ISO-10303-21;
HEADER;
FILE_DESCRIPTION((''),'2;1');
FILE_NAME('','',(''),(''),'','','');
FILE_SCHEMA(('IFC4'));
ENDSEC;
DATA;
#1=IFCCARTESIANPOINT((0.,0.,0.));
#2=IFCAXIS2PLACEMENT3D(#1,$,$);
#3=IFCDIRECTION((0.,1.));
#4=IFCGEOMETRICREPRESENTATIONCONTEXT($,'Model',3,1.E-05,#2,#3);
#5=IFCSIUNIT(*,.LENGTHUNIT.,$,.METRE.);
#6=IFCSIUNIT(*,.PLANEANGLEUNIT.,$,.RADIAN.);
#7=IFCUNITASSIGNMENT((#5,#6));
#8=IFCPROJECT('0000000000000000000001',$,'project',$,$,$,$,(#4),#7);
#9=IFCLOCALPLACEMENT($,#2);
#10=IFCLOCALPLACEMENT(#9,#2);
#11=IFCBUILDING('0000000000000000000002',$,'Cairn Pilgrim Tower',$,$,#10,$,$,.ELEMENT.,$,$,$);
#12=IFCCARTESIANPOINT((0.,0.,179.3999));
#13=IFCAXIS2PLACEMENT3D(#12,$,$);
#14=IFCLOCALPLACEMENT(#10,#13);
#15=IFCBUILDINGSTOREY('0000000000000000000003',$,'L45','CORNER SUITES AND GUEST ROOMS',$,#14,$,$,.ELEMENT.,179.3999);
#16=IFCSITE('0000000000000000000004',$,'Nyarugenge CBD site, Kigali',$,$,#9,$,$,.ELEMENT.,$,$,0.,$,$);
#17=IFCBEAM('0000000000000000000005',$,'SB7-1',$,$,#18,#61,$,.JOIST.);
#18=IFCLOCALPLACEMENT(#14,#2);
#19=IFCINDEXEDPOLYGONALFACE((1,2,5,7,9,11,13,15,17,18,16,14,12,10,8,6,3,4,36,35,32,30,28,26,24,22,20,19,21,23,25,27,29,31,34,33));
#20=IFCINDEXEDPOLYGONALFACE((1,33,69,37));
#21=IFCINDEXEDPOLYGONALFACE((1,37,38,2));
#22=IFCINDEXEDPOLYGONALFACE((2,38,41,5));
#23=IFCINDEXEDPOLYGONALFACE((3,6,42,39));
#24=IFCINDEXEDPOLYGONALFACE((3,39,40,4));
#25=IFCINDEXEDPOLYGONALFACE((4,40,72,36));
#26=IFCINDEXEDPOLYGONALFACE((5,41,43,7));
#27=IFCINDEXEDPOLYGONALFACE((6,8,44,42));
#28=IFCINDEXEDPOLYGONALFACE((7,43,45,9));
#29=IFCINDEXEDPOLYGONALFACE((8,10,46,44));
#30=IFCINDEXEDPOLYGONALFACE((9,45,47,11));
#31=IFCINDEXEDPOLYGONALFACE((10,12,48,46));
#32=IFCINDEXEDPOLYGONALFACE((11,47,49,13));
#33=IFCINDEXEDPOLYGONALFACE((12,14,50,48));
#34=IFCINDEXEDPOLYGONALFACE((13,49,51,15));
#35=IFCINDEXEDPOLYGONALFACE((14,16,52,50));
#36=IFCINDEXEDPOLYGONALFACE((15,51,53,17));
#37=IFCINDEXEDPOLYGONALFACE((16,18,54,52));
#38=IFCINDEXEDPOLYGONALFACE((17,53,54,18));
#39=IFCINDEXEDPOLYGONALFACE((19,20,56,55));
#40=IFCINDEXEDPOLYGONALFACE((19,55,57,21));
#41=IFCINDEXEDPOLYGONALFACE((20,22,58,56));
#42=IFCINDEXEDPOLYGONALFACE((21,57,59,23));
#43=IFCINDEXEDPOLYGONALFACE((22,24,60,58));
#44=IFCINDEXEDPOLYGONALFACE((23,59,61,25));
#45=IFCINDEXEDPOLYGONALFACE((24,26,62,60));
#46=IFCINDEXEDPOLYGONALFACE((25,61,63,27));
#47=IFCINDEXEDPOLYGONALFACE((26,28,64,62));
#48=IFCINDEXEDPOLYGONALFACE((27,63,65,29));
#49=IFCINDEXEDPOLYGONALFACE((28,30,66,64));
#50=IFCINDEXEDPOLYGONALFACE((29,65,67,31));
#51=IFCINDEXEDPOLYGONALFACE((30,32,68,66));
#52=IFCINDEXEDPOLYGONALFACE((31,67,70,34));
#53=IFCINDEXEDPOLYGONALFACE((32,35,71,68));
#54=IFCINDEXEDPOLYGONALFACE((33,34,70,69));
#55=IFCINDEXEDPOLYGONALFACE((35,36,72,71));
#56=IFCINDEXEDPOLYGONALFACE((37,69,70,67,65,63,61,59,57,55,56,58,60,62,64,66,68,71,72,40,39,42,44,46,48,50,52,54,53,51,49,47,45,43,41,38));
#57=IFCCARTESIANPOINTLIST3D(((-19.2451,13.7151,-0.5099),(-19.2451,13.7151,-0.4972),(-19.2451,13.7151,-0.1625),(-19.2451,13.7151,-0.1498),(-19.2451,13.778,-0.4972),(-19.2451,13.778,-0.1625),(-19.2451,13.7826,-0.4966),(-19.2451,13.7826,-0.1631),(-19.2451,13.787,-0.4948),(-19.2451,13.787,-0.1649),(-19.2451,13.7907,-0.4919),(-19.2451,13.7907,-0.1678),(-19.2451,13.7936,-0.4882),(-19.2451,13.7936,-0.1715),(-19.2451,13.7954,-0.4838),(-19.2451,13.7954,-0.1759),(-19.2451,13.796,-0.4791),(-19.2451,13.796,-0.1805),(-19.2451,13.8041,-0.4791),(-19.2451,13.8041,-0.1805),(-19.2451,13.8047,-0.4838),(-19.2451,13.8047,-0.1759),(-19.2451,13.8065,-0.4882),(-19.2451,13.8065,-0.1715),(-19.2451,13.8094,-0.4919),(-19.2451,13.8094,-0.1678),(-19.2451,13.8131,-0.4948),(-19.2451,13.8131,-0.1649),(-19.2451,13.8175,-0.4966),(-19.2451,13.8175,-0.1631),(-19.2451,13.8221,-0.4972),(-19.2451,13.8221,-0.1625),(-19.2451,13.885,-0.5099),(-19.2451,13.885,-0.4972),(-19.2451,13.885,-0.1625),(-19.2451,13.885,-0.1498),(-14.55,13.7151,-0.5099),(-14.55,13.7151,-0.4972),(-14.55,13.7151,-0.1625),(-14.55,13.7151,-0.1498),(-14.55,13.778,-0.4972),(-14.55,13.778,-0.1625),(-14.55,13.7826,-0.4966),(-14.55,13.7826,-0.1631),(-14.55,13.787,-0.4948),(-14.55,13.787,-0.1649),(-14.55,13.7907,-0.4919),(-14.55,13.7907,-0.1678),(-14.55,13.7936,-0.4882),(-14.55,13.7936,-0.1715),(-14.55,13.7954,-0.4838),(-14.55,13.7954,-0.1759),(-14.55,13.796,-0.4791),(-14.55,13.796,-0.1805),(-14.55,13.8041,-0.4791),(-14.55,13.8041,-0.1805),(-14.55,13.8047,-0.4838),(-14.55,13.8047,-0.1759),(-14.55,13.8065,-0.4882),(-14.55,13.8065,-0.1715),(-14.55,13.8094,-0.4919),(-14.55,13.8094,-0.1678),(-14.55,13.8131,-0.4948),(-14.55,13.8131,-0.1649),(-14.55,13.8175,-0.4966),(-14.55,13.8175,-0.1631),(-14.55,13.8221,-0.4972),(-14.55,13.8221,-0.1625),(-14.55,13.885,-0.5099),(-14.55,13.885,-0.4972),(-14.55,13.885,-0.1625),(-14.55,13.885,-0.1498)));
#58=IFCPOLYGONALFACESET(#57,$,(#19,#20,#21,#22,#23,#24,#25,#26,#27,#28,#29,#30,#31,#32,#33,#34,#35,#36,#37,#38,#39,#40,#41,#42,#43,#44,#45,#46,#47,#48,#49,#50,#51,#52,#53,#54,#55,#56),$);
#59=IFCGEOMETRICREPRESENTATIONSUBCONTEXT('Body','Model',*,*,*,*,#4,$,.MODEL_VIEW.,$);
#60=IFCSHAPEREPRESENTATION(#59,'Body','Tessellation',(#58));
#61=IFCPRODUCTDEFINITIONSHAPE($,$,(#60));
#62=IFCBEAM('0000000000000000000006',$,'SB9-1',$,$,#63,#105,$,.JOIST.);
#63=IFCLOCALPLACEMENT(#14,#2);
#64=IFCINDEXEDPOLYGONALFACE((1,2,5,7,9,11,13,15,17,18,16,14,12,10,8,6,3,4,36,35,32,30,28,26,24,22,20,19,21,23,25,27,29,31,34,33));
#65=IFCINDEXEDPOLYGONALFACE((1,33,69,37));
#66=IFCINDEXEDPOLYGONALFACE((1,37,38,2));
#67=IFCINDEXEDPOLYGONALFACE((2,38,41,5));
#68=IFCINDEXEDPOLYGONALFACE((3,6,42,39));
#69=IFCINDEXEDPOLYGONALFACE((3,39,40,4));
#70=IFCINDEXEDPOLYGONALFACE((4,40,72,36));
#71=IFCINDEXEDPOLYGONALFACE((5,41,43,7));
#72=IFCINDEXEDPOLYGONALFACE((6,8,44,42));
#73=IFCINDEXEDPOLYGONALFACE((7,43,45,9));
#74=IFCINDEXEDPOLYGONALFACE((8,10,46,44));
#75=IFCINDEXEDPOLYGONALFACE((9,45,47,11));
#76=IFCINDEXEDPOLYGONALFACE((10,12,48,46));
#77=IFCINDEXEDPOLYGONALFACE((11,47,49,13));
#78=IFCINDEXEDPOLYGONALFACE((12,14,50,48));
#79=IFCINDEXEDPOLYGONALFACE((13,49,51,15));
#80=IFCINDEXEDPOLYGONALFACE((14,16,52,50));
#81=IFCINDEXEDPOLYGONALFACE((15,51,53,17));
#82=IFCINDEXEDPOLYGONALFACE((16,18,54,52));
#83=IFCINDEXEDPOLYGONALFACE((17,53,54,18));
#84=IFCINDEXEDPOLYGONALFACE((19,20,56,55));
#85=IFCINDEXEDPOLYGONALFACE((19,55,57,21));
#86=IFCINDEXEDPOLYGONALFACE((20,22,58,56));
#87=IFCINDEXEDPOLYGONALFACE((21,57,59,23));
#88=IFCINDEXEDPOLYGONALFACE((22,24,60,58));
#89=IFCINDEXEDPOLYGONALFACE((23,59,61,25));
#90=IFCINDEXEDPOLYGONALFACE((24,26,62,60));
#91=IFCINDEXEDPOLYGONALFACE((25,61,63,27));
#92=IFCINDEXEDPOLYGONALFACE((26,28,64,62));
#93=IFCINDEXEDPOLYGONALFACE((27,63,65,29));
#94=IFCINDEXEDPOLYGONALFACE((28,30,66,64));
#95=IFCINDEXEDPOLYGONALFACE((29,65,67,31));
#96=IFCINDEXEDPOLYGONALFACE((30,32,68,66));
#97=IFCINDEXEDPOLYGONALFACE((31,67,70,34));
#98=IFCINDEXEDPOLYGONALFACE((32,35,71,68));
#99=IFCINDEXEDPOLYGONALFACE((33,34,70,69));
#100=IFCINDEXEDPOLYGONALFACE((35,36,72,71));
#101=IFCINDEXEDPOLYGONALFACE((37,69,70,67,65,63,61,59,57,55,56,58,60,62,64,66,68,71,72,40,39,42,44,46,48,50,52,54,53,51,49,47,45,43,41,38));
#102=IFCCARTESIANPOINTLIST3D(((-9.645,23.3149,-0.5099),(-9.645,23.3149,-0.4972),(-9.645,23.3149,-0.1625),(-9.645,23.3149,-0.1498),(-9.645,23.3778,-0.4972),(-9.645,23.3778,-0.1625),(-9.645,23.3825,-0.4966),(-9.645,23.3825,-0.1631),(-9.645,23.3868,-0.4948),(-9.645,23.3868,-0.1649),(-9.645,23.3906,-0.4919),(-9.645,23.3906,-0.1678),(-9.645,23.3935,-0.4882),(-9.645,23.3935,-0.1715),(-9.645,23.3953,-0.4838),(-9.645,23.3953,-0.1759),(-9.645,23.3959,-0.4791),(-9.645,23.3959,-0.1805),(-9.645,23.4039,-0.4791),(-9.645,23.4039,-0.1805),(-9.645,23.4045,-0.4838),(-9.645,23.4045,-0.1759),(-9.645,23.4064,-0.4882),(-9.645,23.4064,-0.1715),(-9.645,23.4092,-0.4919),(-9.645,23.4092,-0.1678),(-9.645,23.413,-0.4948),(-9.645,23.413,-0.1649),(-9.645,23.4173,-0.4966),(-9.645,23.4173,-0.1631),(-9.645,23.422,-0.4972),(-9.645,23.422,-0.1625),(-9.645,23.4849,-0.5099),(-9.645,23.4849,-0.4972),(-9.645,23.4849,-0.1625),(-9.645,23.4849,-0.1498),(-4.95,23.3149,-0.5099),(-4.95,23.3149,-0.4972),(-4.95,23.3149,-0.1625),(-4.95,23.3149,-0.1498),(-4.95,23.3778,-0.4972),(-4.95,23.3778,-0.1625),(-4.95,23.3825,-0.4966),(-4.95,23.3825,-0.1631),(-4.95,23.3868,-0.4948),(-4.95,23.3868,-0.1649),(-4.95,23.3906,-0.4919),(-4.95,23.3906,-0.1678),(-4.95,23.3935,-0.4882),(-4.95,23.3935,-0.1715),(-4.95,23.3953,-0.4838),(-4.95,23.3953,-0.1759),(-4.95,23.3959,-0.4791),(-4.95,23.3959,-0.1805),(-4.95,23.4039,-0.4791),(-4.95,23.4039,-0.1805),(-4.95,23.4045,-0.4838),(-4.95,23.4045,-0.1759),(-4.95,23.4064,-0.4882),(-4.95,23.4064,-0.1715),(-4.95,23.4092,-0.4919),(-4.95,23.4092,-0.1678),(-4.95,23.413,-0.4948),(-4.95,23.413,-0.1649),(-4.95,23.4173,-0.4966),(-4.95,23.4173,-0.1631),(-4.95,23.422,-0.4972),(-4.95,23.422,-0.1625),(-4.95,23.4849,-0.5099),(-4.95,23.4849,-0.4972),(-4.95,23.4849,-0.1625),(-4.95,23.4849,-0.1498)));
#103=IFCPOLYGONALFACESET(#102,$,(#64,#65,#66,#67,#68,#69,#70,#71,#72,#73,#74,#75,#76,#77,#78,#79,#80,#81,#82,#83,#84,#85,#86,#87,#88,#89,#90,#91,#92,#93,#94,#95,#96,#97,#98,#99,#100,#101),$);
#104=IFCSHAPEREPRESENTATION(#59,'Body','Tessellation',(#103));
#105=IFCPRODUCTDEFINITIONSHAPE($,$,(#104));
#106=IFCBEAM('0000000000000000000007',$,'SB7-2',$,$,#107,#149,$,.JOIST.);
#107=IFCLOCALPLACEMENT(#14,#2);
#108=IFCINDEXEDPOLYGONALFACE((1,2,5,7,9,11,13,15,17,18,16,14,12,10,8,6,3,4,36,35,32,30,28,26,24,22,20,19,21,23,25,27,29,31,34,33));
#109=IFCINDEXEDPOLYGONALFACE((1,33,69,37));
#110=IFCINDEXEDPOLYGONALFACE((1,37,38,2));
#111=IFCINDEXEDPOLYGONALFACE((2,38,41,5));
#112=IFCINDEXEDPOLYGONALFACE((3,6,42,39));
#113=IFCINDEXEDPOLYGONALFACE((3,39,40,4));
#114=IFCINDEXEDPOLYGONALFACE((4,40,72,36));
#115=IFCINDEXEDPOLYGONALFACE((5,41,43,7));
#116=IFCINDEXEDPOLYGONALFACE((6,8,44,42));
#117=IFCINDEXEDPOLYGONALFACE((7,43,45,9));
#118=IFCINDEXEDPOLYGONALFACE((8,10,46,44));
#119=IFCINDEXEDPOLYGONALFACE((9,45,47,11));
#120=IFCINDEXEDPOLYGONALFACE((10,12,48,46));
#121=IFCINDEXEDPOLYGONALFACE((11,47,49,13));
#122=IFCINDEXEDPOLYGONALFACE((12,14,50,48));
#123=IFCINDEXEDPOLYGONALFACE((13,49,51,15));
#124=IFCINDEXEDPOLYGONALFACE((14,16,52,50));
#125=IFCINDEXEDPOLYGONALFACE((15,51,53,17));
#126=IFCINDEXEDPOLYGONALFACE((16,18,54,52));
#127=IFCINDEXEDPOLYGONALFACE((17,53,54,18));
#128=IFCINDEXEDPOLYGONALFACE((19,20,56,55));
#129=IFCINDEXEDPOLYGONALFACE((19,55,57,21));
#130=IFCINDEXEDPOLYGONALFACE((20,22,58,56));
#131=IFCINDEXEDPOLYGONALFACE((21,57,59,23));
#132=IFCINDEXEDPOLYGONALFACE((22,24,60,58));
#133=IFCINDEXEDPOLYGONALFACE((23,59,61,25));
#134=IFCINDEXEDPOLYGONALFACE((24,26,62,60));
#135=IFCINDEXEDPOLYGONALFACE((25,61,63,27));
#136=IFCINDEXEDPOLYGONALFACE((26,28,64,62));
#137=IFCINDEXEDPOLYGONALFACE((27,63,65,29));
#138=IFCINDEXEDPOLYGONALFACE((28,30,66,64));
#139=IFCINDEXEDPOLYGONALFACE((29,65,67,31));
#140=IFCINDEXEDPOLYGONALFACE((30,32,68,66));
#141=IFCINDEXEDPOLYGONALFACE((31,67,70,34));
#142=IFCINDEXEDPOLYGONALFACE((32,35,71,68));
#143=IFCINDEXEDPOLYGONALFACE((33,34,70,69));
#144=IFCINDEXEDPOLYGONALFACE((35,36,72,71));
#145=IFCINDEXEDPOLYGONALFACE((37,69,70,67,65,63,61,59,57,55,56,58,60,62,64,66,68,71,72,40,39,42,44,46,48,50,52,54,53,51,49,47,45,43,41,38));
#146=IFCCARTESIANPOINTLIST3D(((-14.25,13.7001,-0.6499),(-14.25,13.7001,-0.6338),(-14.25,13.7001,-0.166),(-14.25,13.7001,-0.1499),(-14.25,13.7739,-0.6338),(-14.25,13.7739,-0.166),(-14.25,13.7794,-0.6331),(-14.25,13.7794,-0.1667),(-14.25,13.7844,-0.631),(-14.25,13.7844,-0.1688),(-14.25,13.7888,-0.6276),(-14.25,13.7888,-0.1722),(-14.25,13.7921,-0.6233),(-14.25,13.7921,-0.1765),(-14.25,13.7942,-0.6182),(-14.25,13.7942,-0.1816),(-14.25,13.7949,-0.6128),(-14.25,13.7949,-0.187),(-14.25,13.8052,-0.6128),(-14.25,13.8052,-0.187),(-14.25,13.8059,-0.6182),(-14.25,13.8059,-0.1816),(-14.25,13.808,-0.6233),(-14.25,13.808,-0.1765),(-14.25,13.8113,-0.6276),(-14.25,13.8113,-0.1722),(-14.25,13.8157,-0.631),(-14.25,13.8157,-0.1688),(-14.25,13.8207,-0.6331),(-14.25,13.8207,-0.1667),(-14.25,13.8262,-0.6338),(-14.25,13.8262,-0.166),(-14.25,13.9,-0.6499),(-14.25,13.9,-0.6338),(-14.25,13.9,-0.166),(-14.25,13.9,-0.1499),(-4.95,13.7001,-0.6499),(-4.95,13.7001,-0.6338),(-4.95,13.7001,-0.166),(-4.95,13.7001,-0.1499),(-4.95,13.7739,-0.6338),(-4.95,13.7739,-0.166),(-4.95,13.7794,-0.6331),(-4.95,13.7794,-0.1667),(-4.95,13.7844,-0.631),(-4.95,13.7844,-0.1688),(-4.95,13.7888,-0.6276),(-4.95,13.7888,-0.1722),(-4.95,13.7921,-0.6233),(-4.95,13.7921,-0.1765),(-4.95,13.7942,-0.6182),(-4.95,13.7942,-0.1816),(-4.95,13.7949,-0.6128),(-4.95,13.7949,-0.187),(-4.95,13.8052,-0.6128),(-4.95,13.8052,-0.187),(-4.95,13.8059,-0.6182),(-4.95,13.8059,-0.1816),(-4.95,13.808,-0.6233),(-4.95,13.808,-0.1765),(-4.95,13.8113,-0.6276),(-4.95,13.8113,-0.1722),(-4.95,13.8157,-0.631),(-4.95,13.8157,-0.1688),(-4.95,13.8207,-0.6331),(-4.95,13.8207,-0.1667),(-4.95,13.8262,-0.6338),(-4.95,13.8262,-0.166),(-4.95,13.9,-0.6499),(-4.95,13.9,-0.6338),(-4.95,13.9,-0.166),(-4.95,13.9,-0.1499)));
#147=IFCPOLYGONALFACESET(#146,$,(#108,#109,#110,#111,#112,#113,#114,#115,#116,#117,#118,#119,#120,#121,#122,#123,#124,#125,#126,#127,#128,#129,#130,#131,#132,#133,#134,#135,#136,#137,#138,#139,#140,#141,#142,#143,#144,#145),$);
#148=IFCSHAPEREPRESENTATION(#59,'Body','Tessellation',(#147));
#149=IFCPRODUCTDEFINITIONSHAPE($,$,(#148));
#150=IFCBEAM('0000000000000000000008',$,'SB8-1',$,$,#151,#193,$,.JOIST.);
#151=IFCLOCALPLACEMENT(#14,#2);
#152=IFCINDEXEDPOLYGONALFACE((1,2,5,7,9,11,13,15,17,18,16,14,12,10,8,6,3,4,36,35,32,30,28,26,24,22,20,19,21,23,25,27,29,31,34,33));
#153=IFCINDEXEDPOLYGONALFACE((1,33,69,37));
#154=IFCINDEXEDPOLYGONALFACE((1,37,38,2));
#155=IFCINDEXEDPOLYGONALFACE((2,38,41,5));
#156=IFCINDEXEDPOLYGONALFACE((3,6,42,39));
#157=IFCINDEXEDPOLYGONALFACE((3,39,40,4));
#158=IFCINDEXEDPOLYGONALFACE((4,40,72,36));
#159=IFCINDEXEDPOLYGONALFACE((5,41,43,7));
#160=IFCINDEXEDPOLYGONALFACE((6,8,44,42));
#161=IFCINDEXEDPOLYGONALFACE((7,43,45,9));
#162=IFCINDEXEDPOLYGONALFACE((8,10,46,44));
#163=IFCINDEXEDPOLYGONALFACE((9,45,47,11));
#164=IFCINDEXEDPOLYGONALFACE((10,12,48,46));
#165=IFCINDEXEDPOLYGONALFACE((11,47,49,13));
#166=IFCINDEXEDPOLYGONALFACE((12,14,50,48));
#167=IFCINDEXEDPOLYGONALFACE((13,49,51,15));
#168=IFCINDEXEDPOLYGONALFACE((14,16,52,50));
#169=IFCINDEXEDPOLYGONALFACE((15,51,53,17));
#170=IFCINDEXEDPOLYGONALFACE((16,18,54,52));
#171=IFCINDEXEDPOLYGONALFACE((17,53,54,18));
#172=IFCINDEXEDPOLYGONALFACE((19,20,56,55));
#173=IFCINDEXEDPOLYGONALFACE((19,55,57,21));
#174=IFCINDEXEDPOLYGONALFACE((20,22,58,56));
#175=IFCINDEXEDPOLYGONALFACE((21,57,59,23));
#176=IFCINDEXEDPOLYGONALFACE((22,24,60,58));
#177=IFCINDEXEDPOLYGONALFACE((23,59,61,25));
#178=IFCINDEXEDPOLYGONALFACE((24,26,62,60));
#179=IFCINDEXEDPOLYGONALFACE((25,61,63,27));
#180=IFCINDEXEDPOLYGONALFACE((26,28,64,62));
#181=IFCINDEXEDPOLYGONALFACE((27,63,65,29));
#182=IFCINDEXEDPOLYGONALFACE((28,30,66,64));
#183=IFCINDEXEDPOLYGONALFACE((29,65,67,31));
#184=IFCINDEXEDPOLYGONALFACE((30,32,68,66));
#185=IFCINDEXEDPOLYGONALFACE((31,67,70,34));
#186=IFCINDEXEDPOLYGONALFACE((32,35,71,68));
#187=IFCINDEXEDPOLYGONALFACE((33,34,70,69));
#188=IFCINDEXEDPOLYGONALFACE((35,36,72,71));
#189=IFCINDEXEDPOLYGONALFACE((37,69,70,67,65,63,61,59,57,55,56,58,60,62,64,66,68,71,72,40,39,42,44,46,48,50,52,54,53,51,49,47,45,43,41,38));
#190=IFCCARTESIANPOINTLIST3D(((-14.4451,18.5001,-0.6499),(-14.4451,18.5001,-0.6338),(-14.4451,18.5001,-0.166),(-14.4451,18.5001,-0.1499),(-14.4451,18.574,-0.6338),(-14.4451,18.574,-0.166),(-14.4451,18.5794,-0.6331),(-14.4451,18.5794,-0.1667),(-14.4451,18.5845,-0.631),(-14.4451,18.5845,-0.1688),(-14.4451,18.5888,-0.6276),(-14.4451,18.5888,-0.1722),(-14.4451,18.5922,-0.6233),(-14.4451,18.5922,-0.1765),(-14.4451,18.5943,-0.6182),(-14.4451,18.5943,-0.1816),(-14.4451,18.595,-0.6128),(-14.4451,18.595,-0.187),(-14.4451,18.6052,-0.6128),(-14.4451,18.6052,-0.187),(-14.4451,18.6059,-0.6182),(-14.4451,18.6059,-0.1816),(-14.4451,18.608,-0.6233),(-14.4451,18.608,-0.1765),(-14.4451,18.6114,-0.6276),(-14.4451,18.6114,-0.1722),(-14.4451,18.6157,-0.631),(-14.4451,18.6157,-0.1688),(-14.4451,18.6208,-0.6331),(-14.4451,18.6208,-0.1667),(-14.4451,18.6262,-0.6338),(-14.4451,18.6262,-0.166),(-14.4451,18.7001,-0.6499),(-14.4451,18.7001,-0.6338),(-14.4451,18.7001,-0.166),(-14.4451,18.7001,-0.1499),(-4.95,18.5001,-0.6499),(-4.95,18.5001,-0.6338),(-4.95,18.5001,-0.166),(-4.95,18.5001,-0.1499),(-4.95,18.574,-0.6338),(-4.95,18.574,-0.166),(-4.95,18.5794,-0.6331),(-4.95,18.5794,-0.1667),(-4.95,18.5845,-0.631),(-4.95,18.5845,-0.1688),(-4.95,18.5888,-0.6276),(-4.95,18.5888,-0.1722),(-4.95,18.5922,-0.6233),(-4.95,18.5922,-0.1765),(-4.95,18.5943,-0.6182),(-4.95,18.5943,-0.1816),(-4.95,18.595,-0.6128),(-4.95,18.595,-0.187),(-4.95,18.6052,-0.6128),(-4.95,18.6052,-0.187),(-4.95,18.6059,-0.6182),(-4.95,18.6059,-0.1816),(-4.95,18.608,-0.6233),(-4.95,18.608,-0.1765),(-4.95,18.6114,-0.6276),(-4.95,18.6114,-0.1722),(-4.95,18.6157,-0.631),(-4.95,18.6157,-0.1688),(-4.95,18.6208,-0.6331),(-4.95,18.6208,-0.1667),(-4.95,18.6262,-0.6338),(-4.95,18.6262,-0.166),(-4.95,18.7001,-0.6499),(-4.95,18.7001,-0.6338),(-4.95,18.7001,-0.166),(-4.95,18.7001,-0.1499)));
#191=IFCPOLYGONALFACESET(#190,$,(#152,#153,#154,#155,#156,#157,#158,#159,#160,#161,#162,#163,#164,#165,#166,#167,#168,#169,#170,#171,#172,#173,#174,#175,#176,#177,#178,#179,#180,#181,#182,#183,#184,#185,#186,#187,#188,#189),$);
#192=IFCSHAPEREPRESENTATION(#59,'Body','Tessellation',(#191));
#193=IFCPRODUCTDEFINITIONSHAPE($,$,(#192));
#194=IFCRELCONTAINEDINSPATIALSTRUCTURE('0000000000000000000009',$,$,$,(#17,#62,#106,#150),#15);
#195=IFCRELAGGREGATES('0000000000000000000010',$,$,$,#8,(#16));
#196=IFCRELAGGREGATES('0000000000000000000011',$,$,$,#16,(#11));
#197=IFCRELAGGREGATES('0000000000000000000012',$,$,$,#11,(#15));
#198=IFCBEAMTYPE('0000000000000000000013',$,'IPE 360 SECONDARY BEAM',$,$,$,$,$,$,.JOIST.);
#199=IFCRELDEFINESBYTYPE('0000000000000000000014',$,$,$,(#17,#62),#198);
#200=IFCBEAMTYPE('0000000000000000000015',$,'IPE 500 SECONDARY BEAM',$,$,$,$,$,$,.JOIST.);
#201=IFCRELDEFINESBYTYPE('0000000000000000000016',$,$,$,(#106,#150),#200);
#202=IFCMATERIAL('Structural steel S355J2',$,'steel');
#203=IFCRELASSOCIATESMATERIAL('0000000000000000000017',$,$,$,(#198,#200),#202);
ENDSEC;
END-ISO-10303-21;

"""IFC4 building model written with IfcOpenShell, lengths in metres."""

from ifc_helpers import new_model, si_unit, direction, frame, origin, origin_2d, place, context, subcontext, project, spatial, i_section, extrude, material, material_profile, profile_set, type_object, element, save


model = new_model("IFC4")

# Units and contexts
model_context = context("Model", 3, precision=1e-05, world=origin(), true_north=direction((0.0, 1.0)))
body_context = subcontext(model_context, "Body", "Model", "MODEL_VIEW")
ifc_project = project(units=[si_unit("LENGTHUNIT", "METRE"), si_unit("PLANEANGLEUNIT", "RADIAN")], contexts=[model_context])

# Site, building, storey
site_placement = place(None, origin())
site = spatial("IfcSite", under=ifc_project, at=site_placement, Name="Nyarugenge CBD site, Kigali", CompositionType="ELEMENT", RefElevation=0.0)
building_placement = place(site_placement, origin())
building = spatial("IfcBuilding", under=site, at=building_placement, Name="Cairn Pilgrim Tower", CompositionType="ELEMENT")
storey_placement = place(building_placement, frame((0.0, 0.0, 179.3999)))
storey = spatial("IfcBuildingStorey", under=building, at=storey_placement, Name="L45", Description="CORNER SUITES AND GUEST ROOMS", CompositionType="ELEMENT", Elevation=179.3999)

# Shared definitions
ifc_material_1 = material(Name="Structural steel S355J2", Category="steel")

# Beams
ifc_material_profile_1 = material_profile(ifc_material_1, i_section(OverallWidth=0.1699, OverallDepth=0.3601, WebThickness=0.0081, FlangeThickness=0.0127, FilletRadius=0.0181, at=origin_2d()), Name="IPE 360")
ifc_profile_set_1 = profile_set([ifc_material_profile_1], Name="Structural steel S355J2")
beam_type_1 = type_object("IfcBeamType", Name="IPE 360 SECONDARY BEAM", PredefinedType="JOIST", material=ifc_profile_set_1)
for number, where, z_axis, x_axis, name in (
    (1, (-19.2451, 13.8, -0.3298), (1.0, 0.0, 0.0), (0.0, 1.0, 0.0), "SB7-1"),
    (2, (-9.645, 23.3999, -0.3298), (1.0, 0.0, 0.0), (0.0, 1.0, 0.0), "SB9-1"),
):
    element("IfcBeam", number, at=place(storey_placement, frame(where, z_axis=z_axis, x_axis=x_axis)), inside=storey, type_object=beam_type_1, Name=name, PredefinedType="JOIST", context=body_context, shape_type="SweptSolid", body=[
        extrude(i_section(OverallWidth=0.1699, OverallDepth=0.3601, WebThickness=0.0081, FlangeThickness=0.0127, FilletRadius=0.0181, at=origin_2d()), origin(), (0.0, 0.0, 1.0), 4.6951),
    ])
ifc_material_profile_2 = material_profile(ifc_material_1, i_section(OverallWidth=0.2, OverallDepth=0.5, WebThickness=0.0103, FlangeThickness=0.0161, FilletRadius=0.021, at=origin_2d()), Name="IPE 500")
ifc_profile_set_2 = profile_set([ifc_material_profile_2], Name="Structural steel S355J2")
beam_type_2 = type_object("IfcBeamType", Name="IPE 500 SECONDARY BEAM", PredefinedType="JOIST", material=ifc_profile_set_2)
beam_1_placement = place(storey_placement, frame((-14.25, 13.8, -0.3999), z_axis=(1.0, 0.0, 0.0), x_axis=(0.0, 1.0, 0.0)))
element("IfcBeam", 3, at=beam_1_placement, inside=storey, type_object=beam_type_2, Name="SB7-2", PredefinedType="JOIST", context=body_context, shape_type="SweptSolid", body=[
    extrude(i_section(OverallWidth=0.2, OverallDepth=0.5, WebThickness=0.0103, FlangeThickness=0.0161, FilletRadius=0.021, at=origin_2d()), origin(), (0.0, 0.0, 1.0), 9.3),
])
beam_2_placement = place(storey_placement, frame((-14.4451, 18.6001, -0.3999), z_axis=(1.0, 0.0, 0.0), x_axis=(0.0, 1.0, 0.0)))
element("IfcBeam", 4, at=beam_2_placement, inside=storey, type_object=beam_type_2, Name="SB8-1", PredefinedType="JOIST", context=body_context, shape_type="SweptSolid", body=[
    extrude(i_section(OverallWidth=0.2, OverallDepth=0.5, WebThickness=0.0103, FlangeThickness=0.0161, FilletRadius=0.021, at=origin_2d()), origin(), (0.0, 0.0, 1.0), 9.4951),
])

save(model, "model.ifc")
